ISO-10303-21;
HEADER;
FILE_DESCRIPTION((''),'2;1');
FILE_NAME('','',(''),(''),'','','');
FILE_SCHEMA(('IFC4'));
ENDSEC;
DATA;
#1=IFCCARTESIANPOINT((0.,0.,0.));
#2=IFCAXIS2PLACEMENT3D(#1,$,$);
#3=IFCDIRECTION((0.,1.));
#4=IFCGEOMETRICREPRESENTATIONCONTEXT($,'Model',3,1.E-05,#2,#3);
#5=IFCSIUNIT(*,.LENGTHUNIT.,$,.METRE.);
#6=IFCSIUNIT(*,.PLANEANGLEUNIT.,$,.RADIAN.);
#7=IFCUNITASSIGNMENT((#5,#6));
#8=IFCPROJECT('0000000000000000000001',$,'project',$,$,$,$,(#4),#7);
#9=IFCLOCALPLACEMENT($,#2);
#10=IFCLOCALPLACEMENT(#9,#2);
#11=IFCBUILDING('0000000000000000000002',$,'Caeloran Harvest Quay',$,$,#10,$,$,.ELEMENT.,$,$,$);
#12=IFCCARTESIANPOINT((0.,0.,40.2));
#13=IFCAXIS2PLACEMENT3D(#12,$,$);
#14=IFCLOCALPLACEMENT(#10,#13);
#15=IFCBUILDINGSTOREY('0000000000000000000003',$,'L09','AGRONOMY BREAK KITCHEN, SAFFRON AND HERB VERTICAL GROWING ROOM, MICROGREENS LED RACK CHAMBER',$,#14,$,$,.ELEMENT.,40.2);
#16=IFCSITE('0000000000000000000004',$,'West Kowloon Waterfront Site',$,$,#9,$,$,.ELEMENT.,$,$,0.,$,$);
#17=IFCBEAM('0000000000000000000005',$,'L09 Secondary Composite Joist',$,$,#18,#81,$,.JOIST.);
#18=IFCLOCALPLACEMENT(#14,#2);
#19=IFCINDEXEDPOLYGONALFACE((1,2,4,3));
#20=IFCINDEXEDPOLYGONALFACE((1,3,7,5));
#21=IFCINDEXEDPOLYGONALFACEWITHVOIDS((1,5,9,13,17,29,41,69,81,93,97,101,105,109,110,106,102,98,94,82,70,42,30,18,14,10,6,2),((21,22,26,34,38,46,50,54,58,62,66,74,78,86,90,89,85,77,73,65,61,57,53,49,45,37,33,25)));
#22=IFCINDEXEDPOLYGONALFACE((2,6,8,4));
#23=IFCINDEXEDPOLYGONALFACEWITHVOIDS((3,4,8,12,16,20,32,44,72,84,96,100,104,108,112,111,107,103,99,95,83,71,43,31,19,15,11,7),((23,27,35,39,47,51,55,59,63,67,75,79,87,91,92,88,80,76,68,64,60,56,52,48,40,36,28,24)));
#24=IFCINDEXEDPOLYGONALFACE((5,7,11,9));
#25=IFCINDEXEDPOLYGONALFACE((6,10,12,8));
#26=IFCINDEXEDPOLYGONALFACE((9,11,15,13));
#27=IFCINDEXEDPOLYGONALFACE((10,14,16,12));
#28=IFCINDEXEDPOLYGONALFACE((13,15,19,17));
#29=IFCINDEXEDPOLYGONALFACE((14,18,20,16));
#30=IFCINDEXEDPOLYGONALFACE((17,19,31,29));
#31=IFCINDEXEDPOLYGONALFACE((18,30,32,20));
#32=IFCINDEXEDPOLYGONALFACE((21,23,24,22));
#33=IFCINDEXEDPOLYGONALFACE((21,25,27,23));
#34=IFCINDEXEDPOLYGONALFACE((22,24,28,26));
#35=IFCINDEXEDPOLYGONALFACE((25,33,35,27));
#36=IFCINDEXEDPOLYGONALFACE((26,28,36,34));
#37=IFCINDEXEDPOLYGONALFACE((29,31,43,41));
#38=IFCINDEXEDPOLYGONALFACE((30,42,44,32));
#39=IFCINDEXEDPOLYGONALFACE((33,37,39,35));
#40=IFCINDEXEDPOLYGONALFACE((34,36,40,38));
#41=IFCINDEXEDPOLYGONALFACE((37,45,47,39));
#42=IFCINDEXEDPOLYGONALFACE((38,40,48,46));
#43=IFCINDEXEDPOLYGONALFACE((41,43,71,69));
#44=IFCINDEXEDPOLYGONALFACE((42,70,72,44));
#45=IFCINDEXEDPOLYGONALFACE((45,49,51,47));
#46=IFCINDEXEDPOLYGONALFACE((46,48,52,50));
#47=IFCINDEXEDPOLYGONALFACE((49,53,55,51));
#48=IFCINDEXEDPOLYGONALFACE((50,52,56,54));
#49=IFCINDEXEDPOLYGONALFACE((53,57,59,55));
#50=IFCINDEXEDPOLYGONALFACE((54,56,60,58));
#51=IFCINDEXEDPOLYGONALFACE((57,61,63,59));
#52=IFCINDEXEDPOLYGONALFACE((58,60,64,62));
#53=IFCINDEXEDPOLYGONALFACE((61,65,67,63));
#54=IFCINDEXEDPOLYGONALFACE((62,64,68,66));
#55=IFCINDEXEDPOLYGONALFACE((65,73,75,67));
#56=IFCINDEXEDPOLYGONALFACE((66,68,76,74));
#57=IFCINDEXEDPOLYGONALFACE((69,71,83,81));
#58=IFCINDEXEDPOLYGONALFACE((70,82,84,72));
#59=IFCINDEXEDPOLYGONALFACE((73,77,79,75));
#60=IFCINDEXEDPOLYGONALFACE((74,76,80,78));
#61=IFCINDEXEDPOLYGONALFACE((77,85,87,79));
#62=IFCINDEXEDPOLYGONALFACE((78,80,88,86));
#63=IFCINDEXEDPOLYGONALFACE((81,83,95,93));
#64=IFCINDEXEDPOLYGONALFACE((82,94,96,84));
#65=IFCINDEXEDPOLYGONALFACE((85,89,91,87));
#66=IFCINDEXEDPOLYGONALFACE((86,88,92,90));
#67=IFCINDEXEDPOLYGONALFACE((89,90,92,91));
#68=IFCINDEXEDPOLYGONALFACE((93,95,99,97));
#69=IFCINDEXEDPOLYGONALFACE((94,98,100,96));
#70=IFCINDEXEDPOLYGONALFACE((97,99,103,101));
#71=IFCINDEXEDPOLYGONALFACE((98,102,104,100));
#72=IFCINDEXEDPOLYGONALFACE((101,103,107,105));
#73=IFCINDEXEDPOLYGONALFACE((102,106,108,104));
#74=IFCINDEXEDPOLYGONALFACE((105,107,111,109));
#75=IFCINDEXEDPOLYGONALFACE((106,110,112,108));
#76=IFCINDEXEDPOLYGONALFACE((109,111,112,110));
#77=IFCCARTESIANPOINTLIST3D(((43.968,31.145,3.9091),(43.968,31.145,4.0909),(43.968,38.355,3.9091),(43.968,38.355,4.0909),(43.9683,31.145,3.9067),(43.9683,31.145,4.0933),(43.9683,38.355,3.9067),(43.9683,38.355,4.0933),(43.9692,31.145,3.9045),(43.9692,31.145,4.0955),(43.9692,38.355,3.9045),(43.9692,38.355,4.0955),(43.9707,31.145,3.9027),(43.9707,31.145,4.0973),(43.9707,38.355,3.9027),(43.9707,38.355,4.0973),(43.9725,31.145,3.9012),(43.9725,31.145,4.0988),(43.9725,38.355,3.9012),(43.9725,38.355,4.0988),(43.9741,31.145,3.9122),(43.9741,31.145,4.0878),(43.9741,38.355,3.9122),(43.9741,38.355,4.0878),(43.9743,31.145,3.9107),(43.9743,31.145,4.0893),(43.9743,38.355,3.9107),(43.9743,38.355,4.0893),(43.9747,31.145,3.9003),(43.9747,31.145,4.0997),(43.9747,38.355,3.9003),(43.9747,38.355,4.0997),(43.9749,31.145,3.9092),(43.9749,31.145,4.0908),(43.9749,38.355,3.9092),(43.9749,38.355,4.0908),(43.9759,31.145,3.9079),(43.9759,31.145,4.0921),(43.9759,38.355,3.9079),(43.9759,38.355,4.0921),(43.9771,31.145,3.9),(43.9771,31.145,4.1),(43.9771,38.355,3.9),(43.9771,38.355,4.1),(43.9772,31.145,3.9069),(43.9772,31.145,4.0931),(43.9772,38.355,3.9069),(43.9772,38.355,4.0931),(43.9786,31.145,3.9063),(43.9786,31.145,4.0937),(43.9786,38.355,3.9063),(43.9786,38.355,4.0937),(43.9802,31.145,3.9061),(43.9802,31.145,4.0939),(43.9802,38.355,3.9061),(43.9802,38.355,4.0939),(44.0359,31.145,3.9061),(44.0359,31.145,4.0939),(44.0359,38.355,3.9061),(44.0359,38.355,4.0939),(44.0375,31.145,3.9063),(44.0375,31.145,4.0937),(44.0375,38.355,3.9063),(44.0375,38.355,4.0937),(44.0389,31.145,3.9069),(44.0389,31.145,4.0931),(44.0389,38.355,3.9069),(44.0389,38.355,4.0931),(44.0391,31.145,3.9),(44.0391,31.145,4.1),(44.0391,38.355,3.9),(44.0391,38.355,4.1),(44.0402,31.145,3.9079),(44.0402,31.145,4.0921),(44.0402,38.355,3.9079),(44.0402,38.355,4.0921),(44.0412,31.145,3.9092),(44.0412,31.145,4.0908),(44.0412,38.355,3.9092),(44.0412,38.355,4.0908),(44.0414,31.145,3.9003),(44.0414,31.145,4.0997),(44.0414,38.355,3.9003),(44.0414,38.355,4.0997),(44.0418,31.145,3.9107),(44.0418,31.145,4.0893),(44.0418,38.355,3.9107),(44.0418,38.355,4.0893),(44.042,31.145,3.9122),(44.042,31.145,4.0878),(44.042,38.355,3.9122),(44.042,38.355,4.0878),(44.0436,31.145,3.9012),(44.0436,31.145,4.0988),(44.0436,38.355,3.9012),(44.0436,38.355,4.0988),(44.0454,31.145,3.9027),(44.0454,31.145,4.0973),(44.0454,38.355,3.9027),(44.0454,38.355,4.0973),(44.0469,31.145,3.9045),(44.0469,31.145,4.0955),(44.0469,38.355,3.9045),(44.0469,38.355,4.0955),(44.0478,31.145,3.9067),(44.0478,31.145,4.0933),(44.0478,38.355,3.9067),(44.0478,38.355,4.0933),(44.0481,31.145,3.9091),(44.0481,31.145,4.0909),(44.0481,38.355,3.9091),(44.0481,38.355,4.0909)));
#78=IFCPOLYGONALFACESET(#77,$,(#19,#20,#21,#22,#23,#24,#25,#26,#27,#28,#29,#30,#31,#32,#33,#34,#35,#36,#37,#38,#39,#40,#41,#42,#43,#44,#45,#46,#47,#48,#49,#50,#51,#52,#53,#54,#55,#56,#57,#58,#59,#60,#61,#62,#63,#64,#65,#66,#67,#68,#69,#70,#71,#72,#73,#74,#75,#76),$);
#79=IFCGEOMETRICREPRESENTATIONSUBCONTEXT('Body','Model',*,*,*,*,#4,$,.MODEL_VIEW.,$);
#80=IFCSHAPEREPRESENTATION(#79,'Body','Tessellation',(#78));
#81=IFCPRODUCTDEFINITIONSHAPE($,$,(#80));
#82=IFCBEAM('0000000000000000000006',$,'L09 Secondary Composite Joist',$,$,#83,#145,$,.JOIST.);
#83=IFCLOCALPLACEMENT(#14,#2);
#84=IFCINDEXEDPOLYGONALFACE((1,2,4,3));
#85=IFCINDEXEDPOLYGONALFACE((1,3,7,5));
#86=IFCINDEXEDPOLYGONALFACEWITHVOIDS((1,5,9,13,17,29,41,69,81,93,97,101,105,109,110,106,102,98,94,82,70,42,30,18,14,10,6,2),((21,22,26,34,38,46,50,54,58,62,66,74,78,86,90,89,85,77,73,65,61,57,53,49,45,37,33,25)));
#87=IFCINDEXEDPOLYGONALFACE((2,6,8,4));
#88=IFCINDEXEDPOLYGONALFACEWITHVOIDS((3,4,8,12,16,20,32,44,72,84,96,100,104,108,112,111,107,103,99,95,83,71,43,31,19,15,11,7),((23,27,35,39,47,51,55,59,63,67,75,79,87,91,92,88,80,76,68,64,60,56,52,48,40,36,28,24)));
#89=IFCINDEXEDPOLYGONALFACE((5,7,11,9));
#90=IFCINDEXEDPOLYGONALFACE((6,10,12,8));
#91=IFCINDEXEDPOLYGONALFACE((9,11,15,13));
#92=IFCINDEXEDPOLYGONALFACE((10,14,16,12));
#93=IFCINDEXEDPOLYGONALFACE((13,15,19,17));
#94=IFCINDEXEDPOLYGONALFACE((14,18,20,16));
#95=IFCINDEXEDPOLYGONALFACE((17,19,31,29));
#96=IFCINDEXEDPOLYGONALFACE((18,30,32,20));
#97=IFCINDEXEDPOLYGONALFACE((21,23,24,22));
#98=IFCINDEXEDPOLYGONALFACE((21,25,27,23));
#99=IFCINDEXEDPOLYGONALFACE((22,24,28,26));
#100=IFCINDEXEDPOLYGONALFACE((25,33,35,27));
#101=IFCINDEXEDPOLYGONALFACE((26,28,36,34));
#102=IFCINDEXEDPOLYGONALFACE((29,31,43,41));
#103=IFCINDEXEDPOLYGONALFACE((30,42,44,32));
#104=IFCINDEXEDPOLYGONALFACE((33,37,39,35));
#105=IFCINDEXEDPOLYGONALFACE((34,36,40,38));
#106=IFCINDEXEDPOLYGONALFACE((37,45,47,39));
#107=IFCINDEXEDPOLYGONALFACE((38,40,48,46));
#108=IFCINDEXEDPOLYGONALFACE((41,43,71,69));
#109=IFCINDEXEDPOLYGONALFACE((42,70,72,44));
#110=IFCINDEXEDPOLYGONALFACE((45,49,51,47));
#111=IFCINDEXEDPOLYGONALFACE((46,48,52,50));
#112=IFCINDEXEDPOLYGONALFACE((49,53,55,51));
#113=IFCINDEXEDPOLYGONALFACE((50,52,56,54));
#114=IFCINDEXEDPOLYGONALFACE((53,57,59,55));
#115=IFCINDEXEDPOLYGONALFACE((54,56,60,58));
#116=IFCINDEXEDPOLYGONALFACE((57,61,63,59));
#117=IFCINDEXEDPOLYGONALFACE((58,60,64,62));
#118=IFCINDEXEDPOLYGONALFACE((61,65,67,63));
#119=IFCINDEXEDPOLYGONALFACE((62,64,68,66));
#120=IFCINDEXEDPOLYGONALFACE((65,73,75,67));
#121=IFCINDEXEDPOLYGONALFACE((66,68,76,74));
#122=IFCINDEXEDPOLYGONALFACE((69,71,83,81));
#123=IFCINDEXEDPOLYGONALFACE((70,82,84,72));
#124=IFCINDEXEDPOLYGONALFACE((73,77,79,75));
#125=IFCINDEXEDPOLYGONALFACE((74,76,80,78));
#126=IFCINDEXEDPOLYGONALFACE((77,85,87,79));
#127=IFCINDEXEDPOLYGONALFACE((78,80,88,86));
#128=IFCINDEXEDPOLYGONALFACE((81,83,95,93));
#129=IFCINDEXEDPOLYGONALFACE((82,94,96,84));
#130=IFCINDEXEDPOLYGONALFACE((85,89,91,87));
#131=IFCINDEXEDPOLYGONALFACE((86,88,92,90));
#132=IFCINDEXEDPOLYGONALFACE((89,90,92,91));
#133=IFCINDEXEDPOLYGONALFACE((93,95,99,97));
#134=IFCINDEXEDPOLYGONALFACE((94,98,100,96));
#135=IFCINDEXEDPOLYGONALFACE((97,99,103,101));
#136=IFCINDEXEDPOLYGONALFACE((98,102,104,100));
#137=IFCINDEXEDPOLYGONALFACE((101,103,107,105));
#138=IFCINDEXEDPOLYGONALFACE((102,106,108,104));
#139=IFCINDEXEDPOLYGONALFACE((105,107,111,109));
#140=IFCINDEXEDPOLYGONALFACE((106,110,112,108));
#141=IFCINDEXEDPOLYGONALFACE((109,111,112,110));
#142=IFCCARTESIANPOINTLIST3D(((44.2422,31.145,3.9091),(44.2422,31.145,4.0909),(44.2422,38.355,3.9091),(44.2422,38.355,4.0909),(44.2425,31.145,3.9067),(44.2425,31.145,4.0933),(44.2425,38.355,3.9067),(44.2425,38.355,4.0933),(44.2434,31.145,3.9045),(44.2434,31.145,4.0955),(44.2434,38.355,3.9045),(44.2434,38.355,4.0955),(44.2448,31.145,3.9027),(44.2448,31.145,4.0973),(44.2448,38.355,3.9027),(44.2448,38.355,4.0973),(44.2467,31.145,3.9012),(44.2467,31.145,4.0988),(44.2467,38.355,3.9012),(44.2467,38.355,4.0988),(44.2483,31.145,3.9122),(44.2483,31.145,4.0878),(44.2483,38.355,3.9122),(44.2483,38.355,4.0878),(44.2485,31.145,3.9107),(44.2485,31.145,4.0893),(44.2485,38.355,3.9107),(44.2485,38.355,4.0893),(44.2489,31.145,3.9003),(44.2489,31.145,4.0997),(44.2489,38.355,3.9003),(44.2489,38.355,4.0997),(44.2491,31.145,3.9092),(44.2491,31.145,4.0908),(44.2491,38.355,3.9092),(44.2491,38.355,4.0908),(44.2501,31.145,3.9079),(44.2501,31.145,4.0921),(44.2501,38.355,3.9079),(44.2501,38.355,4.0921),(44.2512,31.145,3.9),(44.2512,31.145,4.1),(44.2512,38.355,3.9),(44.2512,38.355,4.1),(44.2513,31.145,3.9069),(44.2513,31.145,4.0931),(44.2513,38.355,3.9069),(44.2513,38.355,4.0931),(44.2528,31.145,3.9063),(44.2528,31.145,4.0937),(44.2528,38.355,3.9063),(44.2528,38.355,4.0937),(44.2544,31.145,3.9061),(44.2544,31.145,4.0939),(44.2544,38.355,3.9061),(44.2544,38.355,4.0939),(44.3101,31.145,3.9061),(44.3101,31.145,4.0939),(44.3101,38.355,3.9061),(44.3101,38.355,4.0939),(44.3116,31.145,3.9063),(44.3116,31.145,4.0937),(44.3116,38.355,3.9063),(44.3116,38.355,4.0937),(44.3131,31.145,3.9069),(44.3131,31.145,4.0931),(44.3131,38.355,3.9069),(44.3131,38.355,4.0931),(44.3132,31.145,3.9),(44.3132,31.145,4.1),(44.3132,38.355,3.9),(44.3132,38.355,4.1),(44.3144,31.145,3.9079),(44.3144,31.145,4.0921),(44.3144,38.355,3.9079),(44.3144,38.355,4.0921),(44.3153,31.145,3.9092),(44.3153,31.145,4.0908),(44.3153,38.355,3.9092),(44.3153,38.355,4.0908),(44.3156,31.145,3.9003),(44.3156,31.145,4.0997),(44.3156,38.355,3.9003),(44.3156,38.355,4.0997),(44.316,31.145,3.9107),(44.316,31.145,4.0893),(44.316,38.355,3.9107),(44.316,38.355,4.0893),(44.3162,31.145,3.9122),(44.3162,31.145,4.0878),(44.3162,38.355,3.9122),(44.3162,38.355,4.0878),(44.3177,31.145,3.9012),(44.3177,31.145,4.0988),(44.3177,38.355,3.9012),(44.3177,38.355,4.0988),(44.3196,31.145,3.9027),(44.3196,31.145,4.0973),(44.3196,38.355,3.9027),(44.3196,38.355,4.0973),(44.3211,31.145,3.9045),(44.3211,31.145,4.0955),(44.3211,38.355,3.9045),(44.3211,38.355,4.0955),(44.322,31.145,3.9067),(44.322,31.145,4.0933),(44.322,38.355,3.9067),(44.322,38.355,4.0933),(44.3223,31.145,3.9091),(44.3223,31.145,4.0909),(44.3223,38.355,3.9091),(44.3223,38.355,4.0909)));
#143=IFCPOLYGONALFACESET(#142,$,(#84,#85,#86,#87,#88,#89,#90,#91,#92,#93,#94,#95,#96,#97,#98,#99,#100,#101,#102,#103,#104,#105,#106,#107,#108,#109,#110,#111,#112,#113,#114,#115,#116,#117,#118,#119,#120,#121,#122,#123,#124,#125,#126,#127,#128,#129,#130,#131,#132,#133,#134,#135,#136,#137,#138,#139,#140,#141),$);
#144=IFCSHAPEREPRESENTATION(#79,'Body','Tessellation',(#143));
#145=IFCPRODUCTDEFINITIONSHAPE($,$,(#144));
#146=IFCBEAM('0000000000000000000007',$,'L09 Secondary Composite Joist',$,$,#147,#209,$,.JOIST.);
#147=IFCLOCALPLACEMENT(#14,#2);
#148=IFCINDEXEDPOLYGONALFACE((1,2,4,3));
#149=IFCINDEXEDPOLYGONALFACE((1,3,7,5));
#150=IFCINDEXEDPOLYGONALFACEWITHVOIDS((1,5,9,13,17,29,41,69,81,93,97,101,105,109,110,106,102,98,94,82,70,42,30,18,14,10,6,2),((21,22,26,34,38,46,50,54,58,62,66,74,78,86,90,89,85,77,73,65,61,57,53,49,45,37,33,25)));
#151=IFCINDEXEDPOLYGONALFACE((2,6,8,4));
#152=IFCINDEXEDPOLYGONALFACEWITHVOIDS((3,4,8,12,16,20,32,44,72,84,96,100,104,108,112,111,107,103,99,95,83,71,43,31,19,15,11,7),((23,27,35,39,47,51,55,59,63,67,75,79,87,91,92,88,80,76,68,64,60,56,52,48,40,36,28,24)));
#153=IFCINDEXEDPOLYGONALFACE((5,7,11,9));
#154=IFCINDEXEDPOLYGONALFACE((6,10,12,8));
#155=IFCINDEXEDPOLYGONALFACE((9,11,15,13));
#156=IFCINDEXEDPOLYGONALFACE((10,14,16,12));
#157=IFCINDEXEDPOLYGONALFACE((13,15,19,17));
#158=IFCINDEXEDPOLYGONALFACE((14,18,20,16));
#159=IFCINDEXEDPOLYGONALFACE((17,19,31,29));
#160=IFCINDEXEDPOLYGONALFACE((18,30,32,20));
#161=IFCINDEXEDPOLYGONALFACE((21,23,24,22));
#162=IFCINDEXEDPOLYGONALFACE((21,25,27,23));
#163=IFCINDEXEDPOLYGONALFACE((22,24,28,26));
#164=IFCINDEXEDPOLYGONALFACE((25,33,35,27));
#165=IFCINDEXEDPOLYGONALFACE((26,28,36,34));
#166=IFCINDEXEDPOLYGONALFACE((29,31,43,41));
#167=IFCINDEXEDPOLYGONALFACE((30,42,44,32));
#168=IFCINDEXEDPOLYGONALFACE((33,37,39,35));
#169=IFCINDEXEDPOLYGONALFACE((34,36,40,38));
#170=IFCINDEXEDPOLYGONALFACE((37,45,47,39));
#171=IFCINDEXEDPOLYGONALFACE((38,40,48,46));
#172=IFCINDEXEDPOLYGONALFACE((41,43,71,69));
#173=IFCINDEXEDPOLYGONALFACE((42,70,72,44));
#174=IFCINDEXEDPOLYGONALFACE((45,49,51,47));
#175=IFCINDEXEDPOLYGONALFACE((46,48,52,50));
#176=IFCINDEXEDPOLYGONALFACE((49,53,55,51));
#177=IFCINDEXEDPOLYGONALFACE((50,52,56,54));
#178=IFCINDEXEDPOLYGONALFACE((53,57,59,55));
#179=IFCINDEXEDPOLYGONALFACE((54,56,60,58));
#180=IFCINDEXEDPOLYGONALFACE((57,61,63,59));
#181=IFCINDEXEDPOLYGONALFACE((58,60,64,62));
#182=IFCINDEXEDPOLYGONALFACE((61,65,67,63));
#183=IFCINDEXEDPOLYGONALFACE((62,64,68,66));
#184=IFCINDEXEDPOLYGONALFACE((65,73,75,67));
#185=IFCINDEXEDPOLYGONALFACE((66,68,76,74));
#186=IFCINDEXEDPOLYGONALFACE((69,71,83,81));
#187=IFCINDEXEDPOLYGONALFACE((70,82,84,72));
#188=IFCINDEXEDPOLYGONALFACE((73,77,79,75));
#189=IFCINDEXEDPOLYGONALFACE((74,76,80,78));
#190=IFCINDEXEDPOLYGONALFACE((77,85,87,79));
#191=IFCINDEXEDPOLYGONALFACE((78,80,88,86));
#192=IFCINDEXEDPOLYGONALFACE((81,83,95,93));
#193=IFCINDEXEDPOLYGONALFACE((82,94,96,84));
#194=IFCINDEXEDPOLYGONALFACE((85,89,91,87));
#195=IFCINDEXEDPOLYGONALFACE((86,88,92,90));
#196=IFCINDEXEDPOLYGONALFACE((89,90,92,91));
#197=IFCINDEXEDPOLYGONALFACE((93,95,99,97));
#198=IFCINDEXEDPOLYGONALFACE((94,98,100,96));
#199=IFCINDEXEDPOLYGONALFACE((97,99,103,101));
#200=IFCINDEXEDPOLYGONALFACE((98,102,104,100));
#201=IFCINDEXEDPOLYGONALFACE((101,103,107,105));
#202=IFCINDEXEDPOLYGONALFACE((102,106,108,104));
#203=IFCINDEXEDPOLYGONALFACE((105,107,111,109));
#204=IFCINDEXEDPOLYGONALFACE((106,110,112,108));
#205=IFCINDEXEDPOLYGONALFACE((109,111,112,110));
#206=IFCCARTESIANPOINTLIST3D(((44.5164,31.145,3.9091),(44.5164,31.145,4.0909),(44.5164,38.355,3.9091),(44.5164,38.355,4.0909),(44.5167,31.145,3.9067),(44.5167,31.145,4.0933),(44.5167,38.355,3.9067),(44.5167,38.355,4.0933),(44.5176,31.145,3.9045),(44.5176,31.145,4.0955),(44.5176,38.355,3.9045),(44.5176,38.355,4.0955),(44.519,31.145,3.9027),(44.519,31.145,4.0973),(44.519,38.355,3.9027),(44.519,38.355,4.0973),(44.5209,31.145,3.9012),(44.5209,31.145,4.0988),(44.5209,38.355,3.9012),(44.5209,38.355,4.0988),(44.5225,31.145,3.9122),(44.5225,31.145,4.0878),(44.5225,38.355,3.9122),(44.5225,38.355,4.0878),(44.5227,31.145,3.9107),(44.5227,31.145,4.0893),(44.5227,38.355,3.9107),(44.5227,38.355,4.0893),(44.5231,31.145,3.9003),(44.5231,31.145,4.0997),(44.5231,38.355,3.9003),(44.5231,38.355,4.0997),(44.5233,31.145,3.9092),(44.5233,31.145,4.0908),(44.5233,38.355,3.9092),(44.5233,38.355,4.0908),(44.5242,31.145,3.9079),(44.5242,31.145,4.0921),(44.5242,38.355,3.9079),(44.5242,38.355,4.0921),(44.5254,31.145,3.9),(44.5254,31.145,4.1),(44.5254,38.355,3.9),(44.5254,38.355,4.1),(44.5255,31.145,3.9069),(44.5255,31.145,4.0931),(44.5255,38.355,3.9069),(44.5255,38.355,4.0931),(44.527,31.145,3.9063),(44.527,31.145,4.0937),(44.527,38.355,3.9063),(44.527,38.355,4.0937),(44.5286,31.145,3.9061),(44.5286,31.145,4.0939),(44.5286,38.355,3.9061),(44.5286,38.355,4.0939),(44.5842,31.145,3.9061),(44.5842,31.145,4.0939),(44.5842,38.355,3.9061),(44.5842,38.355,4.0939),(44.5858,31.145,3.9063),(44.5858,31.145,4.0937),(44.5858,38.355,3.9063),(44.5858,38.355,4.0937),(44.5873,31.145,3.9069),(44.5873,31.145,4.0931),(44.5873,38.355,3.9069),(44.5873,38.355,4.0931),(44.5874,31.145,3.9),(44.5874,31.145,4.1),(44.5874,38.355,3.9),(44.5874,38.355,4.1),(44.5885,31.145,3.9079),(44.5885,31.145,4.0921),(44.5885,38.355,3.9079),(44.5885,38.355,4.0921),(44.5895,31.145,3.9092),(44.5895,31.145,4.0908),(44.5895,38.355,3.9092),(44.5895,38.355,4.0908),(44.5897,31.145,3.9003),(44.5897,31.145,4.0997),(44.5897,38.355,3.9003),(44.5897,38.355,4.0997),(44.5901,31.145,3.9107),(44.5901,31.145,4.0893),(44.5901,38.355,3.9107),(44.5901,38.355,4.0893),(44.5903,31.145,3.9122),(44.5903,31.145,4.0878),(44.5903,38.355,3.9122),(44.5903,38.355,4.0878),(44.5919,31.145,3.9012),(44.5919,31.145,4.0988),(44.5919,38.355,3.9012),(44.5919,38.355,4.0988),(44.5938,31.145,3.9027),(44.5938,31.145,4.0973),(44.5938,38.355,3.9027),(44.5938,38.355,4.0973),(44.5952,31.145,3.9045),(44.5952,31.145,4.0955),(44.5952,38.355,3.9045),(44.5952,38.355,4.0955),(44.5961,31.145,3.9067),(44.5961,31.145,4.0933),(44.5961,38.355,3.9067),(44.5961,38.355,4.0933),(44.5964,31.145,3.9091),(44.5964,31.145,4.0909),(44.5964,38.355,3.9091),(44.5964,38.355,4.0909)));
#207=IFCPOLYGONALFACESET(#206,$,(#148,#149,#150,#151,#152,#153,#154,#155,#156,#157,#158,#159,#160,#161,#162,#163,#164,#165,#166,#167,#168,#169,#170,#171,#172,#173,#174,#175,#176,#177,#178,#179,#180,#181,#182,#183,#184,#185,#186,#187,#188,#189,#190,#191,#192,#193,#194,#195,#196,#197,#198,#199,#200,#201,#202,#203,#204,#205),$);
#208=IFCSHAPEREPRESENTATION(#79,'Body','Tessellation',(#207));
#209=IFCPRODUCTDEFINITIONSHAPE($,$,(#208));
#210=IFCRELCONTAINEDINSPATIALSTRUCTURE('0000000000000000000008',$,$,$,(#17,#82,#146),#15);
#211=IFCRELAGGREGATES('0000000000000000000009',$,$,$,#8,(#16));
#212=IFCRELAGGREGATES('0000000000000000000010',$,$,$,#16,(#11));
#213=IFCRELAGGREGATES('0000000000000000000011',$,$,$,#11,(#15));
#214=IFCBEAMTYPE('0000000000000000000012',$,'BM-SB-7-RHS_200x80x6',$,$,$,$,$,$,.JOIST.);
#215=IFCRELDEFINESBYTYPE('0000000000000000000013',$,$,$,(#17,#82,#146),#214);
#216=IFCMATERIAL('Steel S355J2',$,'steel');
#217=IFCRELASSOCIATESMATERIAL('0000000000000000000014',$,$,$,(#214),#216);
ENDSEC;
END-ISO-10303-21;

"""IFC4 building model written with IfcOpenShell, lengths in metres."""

from ifc_helpers import new_model, si_unit, direction, frame, origin, origin_2d, place, context, subcontext, project, spatial, hollow_rectangle, extrude, material, material_profile, profile_set, type_object, element, save


model = new_model("IFC4")

# Units and contexts
model_context = context("Model", 3, precision=1e-05, world=origin(), true_north=direction((0.0, 1.0)))
body_context = subcontext(model_context, "Body", "Model", "MODEL_VIEW")
ifc_project = project(units=[si_unit("LENGTHUNIT", "METRE"), si_unit("PLANEANGLEUNIT", "RADIAN")], contexts=[model_context])

# Site, building, storey
site_placement = place(None, origin())
site = spatial("IfcSite", under=ifc_project, at=site_placement, Name="West Kowloon Waterfront Site", CompositionType="ELEMENT", RefElevation=0.0)
building_placement = place(site_placement, origin())
building = spatial("IfcBuilding", under=site, at=building_placement, Name="Caeloran Harvest Quay", CompositionType="ELEMENT")
storey_placement = place(building_placement, frame((0.0, 0.0, 40.2)))
storey = spatial("IfcBuildingStorey", under=building, at=storey_placement, Name="L09", Description="AGRONOMY BREAK KITCHEN, SAFFRON AND HERB VERTICAL GROWING ROOM, MICROGREENS LED RACK CHAMBER", CompositionType="ELEMENT", Elevation=40.2)

# Beams
ifc_material_1 = material(Name="Steel S355J2", Category="steel")
ifc_material_profile_1 = material_profile(ifc_material_1, hollow_rectangle(XDim=0.0801, YDim=0.2, WallThickness=0.0061, InnerFilletRadius=0.0061, OuterFilletRadius=0.009, at=origin_2d()), Name="RHS 200x80x6")
ifc_profile_set_1 = profile_set([ifc_material_profile_1], Name="Steel S355J2")
beam_type_1 = type_object("IfcBeamType", Name="BM-SB-7-RHS_200x80x6", PredefinedType="JOIST", material=ifc_profile_set_1)
for number, where, z_axis, x_axis, name in (
    (1, (44.0081, 31.145, 4.0), (0.0, 1.0, 0.0), (-1.0, 0.0, 0.0), "L09 Secondary Composite Joist"),
    (2, (44.2822, 31.145, 4.0), (0.0, 1.0, 0.0), (-1.0, 0.0, 0.0), "L09 Secondary Composite Joist"),
    (3, (44.5564, 31.145, 4.0), (0.0, 1.0, 0.0), (-1.0, 0.0, 0.0), "L09 Secondary Composite Joist"),
):
    element("IfcBeam", number, at=place(storey_placement, frame(where, z_axis=z_axis, x_axis=x_axis)), inside=storey, type_object=beam_type_1, Name=name, PredefinedType="JOIST", context=body_context, shape_type="SweptSolid", body=[
        extrude(hollow_rectangle(XDim=0.0801, YDim=0.2, WallThickness=0.0061, InnerFilletRadius=0.0061, OuterFilletRadius=0.009, at=origin_2d()), origin(), (0.0, 0.0, 1.0), 7.21),
    ])

save(model, "model.ifc")
